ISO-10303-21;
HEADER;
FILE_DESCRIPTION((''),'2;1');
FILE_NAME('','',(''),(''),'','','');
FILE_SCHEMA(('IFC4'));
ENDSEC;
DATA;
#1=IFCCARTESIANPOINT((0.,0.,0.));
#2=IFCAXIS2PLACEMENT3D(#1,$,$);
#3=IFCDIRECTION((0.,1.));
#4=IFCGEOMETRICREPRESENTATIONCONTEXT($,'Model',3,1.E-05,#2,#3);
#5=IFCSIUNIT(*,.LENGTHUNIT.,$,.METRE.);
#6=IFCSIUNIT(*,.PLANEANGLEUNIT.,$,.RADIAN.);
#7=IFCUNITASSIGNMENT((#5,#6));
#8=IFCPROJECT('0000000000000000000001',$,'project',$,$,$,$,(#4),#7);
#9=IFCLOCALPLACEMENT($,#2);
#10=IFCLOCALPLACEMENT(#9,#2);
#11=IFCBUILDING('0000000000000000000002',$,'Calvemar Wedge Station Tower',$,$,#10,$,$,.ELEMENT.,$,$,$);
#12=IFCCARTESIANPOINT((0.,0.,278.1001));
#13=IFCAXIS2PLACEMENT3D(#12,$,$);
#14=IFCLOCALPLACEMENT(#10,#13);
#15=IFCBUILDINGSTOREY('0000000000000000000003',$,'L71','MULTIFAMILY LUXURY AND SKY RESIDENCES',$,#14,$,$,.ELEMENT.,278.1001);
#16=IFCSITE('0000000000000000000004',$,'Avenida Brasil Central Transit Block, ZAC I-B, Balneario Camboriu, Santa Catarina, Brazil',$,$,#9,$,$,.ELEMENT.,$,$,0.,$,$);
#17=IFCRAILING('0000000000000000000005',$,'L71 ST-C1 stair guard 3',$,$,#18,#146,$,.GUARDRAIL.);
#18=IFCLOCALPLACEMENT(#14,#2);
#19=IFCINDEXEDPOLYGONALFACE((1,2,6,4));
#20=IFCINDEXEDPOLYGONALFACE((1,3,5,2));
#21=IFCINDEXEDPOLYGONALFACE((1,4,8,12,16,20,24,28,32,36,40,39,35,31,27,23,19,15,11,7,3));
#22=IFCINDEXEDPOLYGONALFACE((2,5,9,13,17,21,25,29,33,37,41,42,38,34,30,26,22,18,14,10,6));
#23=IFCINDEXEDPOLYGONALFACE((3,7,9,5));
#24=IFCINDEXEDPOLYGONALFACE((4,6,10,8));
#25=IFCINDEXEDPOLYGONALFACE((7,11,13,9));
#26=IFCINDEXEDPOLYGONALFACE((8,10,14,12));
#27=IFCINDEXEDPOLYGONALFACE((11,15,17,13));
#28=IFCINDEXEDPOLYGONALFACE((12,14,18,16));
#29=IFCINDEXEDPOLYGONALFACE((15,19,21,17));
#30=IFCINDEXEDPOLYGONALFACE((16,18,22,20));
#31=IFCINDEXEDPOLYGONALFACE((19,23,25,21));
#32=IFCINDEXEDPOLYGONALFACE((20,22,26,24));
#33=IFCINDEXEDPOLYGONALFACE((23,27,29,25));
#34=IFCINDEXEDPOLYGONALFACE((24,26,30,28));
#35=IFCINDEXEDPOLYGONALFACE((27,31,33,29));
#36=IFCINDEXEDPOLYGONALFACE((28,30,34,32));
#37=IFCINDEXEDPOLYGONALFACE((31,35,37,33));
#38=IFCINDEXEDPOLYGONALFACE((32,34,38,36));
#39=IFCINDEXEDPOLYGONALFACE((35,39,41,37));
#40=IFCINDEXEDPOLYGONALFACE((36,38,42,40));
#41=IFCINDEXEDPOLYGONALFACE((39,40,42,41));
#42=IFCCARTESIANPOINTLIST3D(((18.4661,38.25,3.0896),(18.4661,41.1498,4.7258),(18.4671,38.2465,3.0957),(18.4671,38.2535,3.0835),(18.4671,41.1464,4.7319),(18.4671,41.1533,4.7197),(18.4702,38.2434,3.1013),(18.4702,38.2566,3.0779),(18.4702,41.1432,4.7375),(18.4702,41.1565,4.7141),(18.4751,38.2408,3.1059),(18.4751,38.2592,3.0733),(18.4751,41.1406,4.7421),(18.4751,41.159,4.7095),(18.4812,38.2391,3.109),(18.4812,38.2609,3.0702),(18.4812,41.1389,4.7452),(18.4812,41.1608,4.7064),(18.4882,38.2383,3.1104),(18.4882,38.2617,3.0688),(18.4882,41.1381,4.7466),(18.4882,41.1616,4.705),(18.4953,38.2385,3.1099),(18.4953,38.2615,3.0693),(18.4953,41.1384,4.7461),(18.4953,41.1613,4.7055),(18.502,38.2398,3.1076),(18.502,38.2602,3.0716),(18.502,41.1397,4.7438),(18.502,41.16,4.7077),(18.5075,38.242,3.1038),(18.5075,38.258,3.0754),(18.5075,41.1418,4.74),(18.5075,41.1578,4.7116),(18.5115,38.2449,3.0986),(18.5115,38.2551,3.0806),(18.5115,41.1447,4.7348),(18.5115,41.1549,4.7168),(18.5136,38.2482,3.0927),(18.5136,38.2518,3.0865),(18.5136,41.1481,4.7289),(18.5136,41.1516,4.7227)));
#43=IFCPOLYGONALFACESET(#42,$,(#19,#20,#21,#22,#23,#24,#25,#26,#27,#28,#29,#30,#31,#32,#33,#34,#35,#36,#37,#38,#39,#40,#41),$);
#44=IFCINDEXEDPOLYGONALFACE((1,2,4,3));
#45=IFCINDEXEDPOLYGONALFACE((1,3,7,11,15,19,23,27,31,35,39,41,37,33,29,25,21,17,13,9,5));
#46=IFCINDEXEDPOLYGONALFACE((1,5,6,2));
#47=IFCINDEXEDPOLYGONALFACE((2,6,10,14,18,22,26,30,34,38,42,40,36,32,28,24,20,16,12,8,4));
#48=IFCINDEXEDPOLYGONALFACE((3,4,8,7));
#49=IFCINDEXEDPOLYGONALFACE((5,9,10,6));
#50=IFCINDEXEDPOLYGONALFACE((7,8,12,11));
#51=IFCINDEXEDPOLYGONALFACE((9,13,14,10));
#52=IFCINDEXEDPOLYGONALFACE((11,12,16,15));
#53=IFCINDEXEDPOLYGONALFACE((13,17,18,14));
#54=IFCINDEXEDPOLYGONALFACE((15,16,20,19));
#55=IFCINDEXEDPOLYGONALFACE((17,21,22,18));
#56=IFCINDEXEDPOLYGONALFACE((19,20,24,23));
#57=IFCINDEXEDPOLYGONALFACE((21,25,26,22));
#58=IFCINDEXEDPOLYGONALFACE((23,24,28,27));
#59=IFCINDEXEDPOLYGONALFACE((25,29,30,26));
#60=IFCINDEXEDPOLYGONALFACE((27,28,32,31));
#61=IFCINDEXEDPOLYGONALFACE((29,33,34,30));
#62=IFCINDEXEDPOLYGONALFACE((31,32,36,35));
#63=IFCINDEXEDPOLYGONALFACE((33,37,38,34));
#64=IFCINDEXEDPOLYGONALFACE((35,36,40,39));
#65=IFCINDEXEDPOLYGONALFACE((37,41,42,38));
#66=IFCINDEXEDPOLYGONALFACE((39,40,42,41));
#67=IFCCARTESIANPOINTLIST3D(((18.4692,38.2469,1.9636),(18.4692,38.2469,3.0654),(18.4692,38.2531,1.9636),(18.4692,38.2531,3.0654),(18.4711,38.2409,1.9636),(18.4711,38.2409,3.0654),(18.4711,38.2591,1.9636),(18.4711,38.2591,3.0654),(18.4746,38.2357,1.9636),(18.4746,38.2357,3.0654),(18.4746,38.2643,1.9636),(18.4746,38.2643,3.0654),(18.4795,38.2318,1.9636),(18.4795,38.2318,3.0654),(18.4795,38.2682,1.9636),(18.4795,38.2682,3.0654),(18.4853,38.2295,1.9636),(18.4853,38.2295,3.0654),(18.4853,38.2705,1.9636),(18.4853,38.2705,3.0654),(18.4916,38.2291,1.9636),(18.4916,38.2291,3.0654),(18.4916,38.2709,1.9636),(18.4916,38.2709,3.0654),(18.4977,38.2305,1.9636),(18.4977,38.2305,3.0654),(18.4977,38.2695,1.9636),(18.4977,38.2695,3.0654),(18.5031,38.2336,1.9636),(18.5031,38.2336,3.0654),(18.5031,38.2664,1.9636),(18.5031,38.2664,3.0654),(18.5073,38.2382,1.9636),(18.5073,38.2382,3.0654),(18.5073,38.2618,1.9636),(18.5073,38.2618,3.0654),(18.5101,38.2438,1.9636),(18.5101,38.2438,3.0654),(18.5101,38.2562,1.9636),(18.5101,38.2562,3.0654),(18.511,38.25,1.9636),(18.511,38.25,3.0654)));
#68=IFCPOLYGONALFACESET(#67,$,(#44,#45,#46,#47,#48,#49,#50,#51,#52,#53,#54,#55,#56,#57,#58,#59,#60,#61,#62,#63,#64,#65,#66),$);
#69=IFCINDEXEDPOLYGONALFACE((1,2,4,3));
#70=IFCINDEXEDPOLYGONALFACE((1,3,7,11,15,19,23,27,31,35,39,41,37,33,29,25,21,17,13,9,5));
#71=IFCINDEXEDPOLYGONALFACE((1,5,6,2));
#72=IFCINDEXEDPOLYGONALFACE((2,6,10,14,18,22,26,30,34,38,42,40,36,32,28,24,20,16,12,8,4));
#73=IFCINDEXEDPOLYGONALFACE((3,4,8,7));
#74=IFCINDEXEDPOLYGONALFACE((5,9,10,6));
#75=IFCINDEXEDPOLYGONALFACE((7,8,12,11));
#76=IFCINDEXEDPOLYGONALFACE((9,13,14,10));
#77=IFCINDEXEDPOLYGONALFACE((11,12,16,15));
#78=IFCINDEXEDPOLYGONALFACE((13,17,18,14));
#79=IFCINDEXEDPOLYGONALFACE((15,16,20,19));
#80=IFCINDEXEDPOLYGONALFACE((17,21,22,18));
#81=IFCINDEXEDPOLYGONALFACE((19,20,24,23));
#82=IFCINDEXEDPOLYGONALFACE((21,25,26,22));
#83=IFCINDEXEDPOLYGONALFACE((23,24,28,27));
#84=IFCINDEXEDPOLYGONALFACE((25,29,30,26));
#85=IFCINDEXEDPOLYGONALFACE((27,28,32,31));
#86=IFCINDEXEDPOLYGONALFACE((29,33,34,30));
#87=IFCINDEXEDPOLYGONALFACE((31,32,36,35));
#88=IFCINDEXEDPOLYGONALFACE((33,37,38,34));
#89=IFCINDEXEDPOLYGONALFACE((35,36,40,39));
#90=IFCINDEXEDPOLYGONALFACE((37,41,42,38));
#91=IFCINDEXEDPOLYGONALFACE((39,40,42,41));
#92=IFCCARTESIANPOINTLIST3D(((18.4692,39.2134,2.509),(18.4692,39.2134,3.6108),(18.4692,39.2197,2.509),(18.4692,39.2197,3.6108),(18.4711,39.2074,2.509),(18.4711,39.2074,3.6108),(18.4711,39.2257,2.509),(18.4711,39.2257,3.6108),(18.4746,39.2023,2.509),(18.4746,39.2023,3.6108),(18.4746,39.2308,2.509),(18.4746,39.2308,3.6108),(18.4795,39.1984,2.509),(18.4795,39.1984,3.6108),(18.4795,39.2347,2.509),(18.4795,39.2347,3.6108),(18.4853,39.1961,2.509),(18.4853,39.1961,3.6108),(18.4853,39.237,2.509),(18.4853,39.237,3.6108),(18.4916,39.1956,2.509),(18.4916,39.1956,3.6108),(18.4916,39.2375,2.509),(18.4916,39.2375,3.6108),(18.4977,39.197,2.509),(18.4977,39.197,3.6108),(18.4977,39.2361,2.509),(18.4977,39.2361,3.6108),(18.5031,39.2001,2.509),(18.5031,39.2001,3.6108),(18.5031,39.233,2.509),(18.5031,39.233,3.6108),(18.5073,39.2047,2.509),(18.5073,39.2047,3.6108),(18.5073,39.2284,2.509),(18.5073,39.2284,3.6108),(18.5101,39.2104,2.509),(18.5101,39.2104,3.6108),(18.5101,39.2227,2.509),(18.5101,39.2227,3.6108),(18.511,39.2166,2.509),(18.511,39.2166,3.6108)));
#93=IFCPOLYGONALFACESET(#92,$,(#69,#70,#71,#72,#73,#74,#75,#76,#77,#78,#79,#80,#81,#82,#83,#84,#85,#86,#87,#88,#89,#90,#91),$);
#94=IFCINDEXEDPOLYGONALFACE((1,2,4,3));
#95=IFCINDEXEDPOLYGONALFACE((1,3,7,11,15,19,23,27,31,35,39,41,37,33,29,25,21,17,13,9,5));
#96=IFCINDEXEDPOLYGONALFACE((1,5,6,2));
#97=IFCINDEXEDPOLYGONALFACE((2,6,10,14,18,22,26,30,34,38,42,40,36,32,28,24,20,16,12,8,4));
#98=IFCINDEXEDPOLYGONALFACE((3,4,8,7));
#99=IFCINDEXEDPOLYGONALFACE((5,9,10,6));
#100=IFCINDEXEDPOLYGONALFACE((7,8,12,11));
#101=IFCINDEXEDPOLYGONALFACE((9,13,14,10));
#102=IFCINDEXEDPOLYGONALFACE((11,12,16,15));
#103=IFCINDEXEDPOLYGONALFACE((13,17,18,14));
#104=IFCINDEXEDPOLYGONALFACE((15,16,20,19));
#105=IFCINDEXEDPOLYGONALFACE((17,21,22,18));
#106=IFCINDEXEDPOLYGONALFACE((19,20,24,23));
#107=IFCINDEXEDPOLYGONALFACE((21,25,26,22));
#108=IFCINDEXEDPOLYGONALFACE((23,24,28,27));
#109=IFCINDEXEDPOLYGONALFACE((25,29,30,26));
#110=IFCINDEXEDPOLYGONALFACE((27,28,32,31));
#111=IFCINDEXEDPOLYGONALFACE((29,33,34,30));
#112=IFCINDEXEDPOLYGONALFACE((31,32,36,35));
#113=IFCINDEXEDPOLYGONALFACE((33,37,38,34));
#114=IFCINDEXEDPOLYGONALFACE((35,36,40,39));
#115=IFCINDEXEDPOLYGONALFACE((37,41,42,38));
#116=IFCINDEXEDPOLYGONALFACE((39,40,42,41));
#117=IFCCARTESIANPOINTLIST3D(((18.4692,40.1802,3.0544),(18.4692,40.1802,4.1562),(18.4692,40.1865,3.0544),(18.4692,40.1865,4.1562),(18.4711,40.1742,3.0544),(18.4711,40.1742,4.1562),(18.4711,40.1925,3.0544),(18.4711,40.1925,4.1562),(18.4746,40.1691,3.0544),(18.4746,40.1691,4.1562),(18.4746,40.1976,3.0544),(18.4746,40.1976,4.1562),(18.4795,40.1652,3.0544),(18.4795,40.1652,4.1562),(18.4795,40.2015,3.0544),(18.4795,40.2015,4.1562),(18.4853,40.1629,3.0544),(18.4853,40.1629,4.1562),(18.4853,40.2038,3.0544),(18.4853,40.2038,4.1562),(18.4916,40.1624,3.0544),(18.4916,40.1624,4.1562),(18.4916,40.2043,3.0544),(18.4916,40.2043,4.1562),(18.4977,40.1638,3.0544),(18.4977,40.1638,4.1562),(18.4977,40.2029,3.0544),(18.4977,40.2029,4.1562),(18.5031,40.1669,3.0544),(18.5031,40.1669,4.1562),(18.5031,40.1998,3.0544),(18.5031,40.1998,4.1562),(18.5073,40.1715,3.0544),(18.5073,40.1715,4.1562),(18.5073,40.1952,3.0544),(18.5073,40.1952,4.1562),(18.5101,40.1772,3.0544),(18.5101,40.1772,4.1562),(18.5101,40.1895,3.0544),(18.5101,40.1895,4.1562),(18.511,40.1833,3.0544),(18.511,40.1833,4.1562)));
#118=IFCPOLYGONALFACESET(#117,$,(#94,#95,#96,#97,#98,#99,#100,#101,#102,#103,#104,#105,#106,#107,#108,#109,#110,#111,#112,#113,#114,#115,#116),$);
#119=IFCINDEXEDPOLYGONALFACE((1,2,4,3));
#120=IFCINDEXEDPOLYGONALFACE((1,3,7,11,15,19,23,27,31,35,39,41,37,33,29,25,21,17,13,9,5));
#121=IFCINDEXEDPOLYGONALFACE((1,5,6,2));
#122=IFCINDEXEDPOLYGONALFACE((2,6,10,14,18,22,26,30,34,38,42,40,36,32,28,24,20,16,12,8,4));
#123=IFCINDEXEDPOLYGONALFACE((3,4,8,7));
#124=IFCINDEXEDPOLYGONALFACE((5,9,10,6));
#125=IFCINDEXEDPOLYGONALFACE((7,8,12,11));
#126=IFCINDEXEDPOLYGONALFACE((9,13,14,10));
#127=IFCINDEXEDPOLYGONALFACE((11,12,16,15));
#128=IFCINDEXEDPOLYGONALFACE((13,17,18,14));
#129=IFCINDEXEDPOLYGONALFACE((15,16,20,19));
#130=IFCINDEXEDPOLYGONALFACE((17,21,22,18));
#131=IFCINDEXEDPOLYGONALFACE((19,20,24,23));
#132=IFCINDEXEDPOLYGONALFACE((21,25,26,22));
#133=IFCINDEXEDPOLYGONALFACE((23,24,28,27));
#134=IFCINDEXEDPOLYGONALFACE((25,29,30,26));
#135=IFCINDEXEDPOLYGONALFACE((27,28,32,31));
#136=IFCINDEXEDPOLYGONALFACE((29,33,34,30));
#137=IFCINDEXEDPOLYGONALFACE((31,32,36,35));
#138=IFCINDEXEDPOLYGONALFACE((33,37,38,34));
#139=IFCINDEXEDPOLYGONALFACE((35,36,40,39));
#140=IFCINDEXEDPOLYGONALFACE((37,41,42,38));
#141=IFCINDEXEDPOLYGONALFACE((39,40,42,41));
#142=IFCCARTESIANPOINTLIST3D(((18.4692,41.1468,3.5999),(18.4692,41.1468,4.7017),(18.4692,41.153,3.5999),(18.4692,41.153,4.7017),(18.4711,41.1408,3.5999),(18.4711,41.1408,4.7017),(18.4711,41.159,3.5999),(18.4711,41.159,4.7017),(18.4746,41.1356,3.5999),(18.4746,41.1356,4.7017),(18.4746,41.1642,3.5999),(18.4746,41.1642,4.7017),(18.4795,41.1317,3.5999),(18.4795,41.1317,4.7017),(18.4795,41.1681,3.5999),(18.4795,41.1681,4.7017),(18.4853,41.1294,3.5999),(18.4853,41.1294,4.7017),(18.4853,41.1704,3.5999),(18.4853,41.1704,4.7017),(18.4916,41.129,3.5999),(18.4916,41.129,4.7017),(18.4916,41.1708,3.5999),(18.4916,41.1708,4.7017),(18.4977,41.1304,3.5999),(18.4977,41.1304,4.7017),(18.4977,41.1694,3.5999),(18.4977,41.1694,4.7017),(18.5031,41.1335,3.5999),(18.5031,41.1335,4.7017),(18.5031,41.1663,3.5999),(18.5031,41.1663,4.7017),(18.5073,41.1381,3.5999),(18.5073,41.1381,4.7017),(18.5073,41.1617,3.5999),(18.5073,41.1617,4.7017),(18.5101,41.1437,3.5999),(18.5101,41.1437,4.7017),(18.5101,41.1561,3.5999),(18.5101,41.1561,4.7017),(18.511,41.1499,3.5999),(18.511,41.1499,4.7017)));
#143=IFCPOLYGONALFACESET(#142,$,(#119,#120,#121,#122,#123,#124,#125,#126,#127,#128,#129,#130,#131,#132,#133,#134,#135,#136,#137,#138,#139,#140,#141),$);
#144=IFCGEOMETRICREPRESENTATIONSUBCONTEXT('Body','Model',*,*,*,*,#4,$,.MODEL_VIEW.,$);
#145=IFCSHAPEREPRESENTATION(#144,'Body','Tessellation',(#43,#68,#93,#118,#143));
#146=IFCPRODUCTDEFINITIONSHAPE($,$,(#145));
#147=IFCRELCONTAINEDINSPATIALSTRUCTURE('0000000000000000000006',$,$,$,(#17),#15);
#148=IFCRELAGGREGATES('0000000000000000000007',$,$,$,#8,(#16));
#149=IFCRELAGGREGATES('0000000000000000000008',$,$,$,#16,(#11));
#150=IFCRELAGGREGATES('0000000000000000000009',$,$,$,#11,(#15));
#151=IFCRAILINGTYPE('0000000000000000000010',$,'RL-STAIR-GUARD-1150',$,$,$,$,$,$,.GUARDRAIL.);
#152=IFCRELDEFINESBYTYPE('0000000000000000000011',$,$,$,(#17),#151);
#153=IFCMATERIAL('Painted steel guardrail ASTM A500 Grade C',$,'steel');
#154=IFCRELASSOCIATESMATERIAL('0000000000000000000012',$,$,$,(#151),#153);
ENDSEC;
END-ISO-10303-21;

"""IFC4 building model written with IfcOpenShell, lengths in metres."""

from ifc_helpers import new_model, si_unit, direction, frame, origin, origin_2d, place, context, subcontext, project, spatial, circle, extrude, material, type_object, element, save


model = new_model("IFC4")

# Units and contexts
model_context = context("Model", 3, precision=1e-05, world=origin(), true_north=direction((0.0, 1.0)))
body_context = subcontext(model_context, "Body", "Model", "MODEL_VIEW")
ifc_project = project(units=[si_unit("LENGTHUNIT", "METRE"), si_unit("PLANEANGLEUNIT", "RADIAN")], contexts=[model_context])

# Site, building, storey
site_placement = place(None, origin())
site = spatial("IfcSite", under=ifc_project, at=site_placement, Name="Avenida Brasil Central Transit Block, ZAC I-B, Balneario Camboriu, Santa Catarina, Brazil", CompositionType="ELEMENT", RefElevation=0.0)
building_placement = place(site_placement, origin())
building = spatial("IfcBuilding", under=site, at=building_placement, Name="Calvemar Wedge Station Tower", CompositionType="ELEMENT")
storey_placement = place(building_placement, frame((0.0, 0.0, 278.1001)))
storey = spatial("IfcBuildingStorey", under=building, at=storey_placement, Name="L71", Description="MULTIFAMILY LUXURY AND SKY RESIDENCES", CompositionType="ELEMENT", Elevation=278.1001)

# Railing
ifc_material_1 = material(Name="Painted steel guardrail ASTM A500 Grade C", Category="steel")
railing_type_1 = type_object("IfcRailingType", Name="RL-STAIR-GUARD-1150", PredefinedType="GUARDRAIL", material=ifc_material_1)
railing_1_placement = place(storey_placement, frame((18.49, 38.25, 1.9636)))
element("IfcRailing", 1, at=railing_1_placement, inside=storey, type_object=railing_type_1, Name="L71 ST-C1 stair guard 3", PredefinedType="GUARDRAIL", context=body_context, shape_type="SweptSolid", body=[
    extrude(circle(Radius=0.0239, at=origin_2d()), frame((0.0, 0.0, 1.126), z_axis=(0.0, 0.870929, 0.49141), x_axis=(-1.0, 0.0, 0.0)), (0.0, 0.0, 1.0), 3.3296),
    extrude(circle(Radius=0.021, at=origin_2d()), origin(), (0.0, 0.0, 1.0), 1.1018),
    extrude(circle(Radius=0.021, at=origin_2d()), frame((0.0, 0.9666, 0.5454)), (0.0, 0.0, 1.0), 1.1018),
    extrude(circle(Radius=0.021, at=origin_2d()), frame((0.0, 1.9333, 1.0908)), (0.0, 0.0, 1.0), 1.1018),
    extrude(circle(Radius=0.021, at=origin_2d()), frame((0.0, 2.8999, 1.6362)), (0.0, 0.0, 1.0), 1.1018),
])

save(model, "model.ifc")
